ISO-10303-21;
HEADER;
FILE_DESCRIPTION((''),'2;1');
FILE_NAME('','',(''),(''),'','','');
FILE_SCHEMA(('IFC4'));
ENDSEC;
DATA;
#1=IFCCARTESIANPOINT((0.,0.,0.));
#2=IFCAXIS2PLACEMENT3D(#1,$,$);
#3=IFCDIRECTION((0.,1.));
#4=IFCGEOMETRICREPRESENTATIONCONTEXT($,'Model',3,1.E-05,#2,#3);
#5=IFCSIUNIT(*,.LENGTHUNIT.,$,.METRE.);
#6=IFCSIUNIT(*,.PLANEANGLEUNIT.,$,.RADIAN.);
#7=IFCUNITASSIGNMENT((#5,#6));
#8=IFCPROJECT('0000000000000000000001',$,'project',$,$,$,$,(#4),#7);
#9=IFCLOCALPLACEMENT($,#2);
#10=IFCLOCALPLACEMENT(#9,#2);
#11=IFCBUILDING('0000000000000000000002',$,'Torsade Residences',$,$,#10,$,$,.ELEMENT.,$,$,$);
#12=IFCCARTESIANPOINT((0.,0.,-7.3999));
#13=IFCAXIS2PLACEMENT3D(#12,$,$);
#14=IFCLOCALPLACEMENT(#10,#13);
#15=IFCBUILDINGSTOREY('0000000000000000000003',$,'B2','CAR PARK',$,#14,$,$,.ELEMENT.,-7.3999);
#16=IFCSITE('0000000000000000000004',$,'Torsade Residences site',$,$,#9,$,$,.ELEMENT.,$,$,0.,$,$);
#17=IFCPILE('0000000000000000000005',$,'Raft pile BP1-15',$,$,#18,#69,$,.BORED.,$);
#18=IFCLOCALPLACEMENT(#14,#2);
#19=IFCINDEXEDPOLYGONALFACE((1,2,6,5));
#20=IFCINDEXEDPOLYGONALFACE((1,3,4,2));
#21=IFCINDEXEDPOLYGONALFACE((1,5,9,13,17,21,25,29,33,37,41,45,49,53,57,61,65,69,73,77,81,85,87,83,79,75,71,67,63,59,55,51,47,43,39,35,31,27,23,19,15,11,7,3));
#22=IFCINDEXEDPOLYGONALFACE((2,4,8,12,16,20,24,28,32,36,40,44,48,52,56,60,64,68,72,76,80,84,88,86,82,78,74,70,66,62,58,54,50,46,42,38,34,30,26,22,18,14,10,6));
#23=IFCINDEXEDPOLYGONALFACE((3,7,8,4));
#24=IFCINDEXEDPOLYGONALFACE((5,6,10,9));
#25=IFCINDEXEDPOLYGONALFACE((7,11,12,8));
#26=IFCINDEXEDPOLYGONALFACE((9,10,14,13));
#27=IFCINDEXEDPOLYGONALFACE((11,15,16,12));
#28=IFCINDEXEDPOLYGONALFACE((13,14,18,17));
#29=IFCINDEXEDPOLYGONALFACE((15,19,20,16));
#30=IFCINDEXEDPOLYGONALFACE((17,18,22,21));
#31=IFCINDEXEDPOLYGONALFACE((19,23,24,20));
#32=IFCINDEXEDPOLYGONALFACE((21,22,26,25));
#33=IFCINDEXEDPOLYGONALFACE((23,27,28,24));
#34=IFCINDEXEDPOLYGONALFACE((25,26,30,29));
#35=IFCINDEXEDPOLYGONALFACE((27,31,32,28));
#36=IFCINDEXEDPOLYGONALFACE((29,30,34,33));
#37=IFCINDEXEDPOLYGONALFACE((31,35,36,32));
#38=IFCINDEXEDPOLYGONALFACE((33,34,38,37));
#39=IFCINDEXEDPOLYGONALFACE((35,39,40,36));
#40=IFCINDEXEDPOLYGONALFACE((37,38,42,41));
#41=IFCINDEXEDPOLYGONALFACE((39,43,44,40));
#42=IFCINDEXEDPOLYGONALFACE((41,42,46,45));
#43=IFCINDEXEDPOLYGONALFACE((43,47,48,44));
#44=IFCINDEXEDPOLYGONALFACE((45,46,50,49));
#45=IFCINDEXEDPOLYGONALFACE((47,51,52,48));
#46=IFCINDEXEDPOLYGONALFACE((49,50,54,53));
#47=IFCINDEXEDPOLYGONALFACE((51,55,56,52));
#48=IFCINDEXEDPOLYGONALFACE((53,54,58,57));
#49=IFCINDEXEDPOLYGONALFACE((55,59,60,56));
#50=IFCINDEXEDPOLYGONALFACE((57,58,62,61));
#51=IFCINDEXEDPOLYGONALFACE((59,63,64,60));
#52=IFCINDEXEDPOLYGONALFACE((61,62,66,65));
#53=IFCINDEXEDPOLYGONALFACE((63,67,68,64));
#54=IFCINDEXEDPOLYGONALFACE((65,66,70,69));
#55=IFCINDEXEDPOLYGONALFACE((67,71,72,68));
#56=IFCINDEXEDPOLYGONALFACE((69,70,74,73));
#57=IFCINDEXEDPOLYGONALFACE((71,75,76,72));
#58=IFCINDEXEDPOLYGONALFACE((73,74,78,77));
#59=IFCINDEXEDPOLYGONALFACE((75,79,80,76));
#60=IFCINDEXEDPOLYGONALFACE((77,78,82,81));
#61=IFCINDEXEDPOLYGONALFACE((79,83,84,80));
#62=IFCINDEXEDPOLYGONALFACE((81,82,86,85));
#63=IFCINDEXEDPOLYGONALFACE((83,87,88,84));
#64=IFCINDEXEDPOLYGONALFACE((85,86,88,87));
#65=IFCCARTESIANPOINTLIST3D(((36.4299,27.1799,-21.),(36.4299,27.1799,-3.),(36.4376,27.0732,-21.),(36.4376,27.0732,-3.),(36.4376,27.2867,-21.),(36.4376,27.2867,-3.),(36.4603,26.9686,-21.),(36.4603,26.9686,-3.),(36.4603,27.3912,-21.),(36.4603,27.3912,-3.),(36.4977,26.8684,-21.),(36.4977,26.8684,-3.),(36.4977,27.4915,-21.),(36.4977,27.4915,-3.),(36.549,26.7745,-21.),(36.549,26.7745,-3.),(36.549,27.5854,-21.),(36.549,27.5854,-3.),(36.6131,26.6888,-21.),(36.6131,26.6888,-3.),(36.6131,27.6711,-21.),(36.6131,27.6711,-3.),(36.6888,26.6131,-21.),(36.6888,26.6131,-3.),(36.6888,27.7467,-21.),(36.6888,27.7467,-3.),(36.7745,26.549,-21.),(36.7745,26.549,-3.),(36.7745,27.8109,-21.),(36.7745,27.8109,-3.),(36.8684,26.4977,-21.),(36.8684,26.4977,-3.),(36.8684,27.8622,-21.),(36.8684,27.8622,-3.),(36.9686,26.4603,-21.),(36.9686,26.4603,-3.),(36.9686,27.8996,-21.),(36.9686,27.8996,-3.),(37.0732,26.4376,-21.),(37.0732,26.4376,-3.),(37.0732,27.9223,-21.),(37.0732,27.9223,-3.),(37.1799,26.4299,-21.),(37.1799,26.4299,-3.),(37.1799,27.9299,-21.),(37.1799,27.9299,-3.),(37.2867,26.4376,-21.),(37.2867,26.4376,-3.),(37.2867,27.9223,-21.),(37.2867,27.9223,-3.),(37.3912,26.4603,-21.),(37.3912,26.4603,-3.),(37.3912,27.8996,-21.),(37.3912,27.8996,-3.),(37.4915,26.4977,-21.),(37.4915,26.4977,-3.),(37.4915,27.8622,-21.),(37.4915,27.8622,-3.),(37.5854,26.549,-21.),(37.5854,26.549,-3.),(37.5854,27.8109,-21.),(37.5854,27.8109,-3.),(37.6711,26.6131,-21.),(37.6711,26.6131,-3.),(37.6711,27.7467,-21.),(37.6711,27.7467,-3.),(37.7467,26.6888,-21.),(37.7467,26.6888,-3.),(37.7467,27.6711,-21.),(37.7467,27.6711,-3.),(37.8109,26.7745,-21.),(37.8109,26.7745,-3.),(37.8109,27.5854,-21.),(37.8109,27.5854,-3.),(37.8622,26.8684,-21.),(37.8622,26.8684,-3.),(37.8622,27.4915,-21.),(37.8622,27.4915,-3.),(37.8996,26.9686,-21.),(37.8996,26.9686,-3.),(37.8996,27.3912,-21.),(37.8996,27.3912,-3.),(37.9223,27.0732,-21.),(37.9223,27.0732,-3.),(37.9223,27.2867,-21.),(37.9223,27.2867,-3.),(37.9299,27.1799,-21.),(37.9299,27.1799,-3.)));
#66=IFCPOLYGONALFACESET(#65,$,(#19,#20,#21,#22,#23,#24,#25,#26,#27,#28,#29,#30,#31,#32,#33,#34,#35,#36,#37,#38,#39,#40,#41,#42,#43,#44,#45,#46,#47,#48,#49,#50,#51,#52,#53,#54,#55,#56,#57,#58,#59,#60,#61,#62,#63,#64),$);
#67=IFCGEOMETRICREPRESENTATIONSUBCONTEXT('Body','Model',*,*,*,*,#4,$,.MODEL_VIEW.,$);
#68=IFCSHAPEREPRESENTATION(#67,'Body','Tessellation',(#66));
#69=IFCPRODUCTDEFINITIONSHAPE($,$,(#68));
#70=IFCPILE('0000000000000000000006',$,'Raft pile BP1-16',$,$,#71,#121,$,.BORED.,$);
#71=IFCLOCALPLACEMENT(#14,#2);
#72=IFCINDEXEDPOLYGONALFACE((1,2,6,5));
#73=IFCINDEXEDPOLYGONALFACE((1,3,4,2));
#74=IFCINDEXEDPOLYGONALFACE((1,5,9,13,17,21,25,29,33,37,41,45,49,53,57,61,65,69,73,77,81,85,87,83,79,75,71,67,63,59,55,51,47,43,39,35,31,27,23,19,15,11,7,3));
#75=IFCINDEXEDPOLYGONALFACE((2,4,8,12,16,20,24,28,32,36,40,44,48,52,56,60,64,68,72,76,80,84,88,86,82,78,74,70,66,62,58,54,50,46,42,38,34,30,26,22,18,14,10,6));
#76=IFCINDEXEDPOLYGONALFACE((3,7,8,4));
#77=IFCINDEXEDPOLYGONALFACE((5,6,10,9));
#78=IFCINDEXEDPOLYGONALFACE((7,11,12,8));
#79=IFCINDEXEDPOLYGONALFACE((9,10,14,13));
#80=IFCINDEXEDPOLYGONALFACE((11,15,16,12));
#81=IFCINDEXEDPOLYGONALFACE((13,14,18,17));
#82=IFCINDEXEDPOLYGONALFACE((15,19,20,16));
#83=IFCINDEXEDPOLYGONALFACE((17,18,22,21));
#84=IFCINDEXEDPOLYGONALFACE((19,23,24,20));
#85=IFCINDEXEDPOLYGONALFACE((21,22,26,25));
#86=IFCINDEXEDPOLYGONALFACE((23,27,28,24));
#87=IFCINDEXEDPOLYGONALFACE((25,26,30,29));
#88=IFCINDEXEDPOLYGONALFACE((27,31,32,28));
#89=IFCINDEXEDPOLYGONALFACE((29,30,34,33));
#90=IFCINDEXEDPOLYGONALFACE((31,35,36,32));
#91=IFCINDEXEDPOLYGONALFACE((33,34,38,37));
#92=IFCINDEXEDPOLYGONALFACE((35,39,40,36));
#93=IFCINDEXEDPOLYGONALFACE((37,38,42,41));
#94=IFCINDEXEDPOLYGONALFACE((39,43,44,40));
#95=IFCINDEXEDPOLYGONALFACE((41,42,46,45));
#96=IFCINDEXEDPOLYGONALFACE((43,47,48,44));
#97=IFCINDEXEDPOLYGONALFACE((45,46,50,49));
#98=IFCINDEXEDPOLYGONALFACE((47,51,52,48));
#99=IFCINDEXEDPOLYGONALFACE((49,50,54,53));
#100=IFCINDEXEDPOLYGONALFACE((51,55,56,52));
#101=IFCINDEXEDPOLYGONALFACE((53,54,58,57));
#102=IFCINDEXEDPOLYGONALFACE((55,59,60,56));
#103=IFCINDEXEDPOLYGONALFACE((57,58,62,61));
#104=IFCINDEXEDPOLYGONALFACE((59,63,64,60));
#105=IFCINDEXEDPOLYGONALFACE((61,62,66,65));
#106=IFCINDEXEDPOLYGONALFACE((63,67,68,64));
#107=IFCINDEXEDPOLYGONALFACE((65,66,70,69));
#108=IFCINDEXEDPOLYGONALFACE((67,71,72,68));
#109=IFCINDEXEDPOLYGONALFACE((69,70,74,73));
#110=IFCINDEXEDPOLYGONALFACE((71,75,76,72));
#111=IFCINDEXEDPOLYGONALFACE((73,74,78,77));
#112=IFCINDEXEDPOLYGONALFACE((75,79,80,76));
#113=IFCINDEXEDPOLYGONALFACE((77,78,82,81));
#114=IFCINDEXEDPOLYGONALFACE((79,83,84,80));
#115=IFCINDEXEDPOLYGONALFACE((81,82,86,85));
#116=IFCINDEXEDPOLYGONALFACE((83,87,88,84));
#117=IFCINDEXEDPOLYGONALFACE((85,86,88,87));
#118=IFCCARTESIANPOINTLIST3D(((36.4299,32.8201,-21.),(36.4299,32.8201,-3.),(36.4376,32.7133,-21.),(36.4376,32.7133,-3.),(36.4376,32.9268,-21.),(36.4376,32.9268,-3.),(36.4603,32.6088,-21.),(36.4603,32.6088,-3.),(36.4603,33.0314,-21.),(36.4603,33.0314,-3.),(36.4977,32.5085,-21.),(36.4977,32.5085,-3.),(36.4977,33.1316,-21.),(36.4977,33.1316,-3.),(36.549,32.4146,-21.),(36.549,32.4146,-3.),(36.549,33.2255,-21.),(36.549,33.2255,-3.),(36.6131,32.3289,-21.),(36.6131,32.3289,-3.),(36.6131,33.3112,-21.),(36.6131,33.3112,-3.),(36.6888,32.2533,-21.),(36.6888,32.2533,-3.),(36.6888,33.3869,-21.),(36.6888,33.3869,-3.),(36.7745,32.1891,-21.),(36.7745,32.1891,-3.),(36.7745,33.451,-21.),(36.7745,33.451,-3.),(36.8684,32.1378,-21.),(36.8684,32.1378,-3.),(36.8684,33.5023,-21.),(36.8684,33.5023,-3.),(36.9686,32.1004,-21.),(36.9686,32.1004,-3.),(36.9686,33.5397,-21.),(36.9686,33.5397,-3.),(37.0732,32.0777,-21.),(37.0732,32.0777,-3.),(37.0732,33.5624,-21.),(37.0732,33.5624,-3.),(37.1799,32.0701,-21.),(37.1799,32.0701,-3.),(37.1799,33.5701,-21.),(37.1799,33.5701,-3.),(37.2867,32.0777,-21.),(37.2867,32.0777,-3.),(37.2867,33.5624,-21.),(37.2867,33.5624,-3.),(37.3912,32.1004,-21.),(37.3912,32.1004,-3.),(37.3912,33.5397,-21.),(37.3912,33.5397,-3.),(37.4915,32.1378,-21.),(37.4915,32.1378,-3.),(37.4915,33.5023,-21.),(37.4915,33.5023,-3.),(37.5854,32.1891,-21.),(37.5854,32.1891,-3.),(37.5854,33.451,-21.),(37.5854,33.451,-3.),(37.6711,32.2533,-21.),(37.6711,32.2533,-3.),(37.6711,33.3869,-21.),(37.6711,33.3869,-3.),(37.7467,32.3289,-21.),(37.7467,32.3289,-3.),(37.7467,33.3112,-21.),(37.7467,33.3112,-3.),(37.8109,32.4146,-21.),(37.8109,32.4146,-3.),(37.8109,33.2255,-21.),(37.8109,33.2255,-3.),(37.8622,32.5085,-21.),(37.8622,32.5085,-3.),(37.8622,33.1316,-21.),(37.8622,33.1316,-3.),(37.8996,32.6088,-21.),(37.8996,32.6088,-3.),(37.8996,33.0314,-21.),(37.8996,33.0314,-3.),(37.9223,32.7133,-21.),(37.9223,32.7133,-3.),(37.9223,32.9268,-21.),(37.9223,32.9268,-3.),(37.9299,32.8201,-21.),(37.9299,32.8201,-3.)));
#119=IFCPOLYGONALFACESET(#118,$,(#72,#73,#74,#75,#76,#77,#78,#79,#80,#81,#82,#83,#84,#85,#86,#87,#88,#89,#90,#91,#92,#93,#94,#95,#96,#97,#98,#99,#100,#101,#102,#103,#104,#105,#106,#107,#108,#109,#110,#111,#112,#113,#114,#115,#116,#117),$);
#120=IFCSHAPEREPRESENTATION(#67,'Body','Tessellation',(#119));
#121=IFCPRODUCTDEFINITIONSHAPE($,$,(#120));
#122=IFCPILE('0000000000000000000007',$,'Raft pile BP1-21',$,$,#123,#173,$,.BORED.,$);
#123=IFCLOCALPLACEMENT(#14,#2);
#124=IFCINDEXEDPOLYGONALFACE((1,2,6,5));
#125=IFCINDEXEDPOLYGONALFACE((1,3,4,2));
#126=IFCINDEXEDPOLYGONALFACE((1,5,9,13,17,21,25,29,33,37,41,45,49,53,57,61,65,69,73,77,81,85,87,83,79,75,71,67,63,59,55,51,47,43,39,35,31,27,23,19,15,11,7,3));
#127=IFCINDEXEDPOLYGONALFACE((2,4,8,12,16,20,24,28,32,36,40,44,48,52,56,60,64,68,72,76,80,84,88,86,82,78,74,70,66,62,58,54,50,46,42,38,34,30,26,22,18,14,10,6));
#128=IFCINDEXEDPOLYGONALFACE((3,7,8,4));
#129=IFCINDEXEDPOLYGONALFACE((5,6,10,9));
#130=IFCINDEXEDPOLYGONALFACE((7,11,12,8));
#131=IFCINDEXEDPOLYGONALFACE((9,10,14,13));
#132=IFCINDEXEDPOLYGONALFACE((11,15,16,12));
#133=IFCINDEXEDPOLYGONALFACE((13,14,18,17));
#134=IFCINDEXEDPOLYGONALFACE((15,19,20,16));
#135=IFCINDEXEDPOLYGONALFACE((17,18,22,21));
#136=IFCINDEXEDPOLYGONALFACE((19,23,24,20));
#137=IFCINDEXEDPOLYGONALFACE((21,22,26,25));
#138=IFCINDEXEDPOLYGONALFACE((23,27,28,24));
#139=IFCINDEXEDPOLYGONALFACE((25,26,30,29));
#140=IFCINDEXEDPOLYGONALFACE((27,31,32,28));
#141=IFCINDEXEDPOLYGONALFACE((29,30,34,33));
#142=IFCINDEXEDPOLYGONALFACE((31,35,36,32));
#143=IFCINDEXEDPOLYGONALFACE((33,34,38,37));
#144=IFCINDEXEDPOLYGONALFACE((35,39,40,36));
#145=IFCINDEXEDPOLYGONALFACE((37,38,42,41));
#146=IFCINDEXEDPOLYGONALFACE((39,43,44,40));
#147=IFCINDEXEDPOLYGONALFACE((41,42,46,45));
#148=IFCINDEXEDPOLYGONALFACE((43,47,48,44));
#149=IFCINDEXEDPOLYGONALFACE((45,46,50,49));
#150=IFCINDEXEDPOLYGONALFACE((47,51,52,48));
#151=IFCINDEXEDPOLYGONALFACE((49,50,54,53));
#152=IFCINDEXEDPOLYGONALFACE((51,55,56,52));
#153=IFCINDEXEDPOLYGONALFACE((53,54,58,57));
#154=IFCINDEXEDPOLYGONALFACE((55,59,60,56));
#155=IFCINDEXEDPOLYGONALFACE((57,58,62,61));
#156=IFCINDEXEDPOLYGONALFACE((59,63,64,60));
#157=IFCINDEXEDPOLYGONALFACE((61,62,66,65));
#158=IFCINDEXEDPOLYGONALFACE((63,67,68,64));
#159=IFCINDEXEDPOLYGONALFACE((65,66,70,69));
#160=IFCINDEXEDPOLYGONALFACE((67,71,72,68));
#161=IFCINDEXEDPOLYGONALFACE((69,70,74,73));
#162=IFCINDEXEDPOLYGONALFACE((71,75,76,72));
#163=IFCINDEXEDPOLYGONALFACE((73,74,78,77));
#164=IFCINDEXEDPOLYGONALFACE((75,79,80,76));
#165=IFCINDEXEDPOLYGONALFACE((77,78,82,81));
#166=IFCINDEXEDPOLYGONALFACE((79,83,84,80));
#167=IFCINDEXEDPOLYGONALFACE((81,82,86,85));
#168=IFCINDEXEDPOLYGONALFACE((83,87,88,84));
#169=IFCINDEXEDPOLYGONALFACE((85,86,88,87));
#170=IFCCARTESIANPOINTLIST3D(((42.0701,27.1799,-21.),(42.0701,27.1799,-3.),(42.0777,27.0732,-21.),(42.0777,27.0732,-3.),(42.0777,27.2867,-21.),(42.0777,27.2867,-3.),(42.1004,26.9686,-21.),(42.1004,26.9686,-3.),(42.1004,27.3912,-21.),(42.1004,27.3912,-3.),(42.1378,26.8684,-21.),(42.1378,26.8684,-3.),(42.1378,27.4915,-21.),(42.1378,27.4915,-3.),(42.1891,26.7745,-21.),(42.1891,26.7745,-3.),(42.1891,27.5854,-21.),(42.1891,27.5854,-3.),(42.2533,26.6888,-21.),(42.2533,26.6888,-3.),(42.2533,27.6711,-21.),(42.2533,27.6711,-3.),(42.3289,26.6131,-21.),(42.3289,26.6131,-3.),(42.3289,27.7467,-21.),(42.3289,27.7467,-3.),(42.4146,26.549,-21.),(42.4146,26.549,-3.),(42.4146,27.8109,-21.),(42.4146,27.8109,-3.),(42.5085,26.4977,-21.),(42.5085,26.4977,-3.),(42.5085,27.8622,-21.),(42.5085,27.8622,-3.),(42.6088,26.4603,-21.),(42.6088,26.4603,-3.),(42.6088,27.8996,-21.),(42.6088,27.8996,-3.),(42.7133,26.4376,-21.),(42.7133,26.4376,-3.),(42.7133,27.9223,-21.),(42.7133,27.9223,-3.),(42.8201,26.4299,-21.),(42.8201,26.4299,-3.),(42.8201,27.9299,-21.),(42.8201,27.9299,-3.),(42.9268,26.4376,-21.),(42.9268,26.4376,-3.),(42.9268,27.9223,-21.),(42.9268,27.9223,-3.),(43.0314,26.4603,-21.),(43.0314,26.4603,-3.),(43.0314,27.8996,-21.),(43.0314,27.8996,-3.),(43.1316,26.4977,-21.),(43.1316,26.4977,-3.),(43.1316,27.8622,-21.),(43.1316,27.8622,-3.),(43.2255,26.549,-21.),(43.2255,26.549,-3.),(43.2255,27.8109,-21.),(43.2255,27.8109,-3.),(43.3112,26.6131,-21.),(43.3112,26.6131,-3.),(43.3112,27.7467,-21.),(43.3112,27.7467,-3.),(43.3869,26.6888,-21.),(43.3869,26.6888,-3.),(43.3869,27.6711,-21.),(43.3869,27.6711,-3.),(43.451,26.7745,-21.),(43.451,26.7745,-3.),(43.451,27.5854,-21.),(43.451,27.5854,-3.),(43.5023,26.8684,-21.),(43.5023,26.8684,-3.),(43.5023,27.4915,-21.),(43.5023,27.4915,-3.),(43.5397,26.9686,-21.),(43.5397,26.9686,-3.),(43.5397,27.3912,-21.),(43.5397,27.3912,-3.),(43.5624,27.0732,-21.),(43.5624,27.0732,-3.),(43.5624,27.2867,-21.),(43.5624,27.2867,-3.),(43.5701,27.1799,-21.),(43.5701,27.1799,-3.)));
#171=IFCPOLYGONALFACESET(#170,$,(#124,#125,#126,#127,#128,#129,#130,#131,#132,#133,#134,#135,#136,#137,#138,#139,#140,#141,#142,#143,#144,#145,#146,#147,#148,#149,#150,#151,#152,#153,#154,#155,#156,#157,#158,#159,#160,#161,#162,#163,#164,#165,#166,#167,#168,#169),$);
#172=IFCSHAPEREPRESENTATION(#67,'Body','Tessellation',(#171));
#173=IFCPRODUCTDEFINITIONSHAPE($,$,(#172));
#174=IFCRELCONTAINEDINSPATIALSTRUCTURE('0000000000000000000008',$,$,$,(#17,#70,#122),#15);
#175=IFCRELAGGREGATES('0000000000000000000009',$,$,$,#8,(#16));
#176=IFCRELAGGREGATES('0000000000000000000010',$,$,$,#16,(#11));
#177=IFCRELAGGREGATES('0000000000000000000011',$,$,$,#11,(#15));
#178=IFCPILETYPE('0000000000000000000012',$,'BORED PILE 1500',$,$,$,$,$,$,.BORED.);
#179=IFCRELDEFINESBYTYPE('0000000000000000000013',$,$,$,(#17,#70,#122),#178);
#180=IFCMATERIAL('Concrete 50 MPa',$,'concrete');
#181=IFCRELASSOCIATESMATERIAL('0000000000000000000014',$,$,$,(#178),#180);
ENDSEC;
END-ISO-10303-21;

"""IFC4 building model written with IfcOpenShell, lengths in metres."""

from ifc_helpers import new_model, si_unit, direction, frame, origin, origin_2d, place, context, subcontext, project, spatial, circle, extrude, material, type_object, element, save


model = new_model("IFC4")

# Units and contexts
model_context = context("Model", 3, precision=1e-05, world=origin(), true_north=direction((0.0, 1.0)))
body_context = subcontext(model_context, "Body", "Model", "MODEL_VIEW")
ifc_project = project(units=[si_unit("LENGTHUNIT", "METRE"), si_unit("PLANEANGLEUNIT", "RADIAN")], contexts=[model_context])

# Site, building, storey
site_placement = place(None, origin())
site = spatial("IfcSite", under=ifc_project, at=site_placement, Name="Torsade Residences site", CompositionType="ELEMENT", RefElevation=0.0)
building_placement = place(site_placement, origin())
building = spatial("IfcBuilding", under=site, at=building_placement, Name="Torsade Residences", CompositionType="ELEMENT")
storey_placement = place(building_placement, frame((0.0, 0.0, -7.3999)))
storey = spatial("IfcBuildingStorey", under=building, at=storey_placement, Name="B2", Description="CAR PARK", CompositionType="ELEMENT", Elevation=-7.3999)

# Piles
ifc_material_1 = material(Name="Concrete 50 MPa", Category="concrete")
pile_type = type_object("IfcPileType", Name="BORED PILE 1500", PredefinedType="BORED", material=ifc_material_1)
for number, where, z_axis, x_axis, name in (
    (1, (37.1799, 27.1799, -3.0), (0.0, 0.0, -1.0), (1.0, 0.0, 0.0), "Raft pile BP1-15"),
    (2, (37.1799, 32.8201, -3.0), (0.0, 0.0, -1.0), (1.0, 0.0, 0.0), "Raft pile BP1-16"),
    (3, (42.8201, 27.1799, -3.0), (0.0, 0.0, -1.0), (1.0, 0.0, 0.0), "Raft pile BP1-21"),
):
    element("IfcPile", number, at=place(storey_placement, frame(where, z_axis=z_axis, x_axis=x_axis)), inside=storey, type_object=pile_type, Name=name, PredefinedType="BORED", context=body_context, shape_type="SweptSolid", body=[
        extrude(circle(Radius=0.75, at=origin_2d()), origin(), (0.0, 0.0, 1.0), 18.0),
    ])

save(model, "model.ifc")
